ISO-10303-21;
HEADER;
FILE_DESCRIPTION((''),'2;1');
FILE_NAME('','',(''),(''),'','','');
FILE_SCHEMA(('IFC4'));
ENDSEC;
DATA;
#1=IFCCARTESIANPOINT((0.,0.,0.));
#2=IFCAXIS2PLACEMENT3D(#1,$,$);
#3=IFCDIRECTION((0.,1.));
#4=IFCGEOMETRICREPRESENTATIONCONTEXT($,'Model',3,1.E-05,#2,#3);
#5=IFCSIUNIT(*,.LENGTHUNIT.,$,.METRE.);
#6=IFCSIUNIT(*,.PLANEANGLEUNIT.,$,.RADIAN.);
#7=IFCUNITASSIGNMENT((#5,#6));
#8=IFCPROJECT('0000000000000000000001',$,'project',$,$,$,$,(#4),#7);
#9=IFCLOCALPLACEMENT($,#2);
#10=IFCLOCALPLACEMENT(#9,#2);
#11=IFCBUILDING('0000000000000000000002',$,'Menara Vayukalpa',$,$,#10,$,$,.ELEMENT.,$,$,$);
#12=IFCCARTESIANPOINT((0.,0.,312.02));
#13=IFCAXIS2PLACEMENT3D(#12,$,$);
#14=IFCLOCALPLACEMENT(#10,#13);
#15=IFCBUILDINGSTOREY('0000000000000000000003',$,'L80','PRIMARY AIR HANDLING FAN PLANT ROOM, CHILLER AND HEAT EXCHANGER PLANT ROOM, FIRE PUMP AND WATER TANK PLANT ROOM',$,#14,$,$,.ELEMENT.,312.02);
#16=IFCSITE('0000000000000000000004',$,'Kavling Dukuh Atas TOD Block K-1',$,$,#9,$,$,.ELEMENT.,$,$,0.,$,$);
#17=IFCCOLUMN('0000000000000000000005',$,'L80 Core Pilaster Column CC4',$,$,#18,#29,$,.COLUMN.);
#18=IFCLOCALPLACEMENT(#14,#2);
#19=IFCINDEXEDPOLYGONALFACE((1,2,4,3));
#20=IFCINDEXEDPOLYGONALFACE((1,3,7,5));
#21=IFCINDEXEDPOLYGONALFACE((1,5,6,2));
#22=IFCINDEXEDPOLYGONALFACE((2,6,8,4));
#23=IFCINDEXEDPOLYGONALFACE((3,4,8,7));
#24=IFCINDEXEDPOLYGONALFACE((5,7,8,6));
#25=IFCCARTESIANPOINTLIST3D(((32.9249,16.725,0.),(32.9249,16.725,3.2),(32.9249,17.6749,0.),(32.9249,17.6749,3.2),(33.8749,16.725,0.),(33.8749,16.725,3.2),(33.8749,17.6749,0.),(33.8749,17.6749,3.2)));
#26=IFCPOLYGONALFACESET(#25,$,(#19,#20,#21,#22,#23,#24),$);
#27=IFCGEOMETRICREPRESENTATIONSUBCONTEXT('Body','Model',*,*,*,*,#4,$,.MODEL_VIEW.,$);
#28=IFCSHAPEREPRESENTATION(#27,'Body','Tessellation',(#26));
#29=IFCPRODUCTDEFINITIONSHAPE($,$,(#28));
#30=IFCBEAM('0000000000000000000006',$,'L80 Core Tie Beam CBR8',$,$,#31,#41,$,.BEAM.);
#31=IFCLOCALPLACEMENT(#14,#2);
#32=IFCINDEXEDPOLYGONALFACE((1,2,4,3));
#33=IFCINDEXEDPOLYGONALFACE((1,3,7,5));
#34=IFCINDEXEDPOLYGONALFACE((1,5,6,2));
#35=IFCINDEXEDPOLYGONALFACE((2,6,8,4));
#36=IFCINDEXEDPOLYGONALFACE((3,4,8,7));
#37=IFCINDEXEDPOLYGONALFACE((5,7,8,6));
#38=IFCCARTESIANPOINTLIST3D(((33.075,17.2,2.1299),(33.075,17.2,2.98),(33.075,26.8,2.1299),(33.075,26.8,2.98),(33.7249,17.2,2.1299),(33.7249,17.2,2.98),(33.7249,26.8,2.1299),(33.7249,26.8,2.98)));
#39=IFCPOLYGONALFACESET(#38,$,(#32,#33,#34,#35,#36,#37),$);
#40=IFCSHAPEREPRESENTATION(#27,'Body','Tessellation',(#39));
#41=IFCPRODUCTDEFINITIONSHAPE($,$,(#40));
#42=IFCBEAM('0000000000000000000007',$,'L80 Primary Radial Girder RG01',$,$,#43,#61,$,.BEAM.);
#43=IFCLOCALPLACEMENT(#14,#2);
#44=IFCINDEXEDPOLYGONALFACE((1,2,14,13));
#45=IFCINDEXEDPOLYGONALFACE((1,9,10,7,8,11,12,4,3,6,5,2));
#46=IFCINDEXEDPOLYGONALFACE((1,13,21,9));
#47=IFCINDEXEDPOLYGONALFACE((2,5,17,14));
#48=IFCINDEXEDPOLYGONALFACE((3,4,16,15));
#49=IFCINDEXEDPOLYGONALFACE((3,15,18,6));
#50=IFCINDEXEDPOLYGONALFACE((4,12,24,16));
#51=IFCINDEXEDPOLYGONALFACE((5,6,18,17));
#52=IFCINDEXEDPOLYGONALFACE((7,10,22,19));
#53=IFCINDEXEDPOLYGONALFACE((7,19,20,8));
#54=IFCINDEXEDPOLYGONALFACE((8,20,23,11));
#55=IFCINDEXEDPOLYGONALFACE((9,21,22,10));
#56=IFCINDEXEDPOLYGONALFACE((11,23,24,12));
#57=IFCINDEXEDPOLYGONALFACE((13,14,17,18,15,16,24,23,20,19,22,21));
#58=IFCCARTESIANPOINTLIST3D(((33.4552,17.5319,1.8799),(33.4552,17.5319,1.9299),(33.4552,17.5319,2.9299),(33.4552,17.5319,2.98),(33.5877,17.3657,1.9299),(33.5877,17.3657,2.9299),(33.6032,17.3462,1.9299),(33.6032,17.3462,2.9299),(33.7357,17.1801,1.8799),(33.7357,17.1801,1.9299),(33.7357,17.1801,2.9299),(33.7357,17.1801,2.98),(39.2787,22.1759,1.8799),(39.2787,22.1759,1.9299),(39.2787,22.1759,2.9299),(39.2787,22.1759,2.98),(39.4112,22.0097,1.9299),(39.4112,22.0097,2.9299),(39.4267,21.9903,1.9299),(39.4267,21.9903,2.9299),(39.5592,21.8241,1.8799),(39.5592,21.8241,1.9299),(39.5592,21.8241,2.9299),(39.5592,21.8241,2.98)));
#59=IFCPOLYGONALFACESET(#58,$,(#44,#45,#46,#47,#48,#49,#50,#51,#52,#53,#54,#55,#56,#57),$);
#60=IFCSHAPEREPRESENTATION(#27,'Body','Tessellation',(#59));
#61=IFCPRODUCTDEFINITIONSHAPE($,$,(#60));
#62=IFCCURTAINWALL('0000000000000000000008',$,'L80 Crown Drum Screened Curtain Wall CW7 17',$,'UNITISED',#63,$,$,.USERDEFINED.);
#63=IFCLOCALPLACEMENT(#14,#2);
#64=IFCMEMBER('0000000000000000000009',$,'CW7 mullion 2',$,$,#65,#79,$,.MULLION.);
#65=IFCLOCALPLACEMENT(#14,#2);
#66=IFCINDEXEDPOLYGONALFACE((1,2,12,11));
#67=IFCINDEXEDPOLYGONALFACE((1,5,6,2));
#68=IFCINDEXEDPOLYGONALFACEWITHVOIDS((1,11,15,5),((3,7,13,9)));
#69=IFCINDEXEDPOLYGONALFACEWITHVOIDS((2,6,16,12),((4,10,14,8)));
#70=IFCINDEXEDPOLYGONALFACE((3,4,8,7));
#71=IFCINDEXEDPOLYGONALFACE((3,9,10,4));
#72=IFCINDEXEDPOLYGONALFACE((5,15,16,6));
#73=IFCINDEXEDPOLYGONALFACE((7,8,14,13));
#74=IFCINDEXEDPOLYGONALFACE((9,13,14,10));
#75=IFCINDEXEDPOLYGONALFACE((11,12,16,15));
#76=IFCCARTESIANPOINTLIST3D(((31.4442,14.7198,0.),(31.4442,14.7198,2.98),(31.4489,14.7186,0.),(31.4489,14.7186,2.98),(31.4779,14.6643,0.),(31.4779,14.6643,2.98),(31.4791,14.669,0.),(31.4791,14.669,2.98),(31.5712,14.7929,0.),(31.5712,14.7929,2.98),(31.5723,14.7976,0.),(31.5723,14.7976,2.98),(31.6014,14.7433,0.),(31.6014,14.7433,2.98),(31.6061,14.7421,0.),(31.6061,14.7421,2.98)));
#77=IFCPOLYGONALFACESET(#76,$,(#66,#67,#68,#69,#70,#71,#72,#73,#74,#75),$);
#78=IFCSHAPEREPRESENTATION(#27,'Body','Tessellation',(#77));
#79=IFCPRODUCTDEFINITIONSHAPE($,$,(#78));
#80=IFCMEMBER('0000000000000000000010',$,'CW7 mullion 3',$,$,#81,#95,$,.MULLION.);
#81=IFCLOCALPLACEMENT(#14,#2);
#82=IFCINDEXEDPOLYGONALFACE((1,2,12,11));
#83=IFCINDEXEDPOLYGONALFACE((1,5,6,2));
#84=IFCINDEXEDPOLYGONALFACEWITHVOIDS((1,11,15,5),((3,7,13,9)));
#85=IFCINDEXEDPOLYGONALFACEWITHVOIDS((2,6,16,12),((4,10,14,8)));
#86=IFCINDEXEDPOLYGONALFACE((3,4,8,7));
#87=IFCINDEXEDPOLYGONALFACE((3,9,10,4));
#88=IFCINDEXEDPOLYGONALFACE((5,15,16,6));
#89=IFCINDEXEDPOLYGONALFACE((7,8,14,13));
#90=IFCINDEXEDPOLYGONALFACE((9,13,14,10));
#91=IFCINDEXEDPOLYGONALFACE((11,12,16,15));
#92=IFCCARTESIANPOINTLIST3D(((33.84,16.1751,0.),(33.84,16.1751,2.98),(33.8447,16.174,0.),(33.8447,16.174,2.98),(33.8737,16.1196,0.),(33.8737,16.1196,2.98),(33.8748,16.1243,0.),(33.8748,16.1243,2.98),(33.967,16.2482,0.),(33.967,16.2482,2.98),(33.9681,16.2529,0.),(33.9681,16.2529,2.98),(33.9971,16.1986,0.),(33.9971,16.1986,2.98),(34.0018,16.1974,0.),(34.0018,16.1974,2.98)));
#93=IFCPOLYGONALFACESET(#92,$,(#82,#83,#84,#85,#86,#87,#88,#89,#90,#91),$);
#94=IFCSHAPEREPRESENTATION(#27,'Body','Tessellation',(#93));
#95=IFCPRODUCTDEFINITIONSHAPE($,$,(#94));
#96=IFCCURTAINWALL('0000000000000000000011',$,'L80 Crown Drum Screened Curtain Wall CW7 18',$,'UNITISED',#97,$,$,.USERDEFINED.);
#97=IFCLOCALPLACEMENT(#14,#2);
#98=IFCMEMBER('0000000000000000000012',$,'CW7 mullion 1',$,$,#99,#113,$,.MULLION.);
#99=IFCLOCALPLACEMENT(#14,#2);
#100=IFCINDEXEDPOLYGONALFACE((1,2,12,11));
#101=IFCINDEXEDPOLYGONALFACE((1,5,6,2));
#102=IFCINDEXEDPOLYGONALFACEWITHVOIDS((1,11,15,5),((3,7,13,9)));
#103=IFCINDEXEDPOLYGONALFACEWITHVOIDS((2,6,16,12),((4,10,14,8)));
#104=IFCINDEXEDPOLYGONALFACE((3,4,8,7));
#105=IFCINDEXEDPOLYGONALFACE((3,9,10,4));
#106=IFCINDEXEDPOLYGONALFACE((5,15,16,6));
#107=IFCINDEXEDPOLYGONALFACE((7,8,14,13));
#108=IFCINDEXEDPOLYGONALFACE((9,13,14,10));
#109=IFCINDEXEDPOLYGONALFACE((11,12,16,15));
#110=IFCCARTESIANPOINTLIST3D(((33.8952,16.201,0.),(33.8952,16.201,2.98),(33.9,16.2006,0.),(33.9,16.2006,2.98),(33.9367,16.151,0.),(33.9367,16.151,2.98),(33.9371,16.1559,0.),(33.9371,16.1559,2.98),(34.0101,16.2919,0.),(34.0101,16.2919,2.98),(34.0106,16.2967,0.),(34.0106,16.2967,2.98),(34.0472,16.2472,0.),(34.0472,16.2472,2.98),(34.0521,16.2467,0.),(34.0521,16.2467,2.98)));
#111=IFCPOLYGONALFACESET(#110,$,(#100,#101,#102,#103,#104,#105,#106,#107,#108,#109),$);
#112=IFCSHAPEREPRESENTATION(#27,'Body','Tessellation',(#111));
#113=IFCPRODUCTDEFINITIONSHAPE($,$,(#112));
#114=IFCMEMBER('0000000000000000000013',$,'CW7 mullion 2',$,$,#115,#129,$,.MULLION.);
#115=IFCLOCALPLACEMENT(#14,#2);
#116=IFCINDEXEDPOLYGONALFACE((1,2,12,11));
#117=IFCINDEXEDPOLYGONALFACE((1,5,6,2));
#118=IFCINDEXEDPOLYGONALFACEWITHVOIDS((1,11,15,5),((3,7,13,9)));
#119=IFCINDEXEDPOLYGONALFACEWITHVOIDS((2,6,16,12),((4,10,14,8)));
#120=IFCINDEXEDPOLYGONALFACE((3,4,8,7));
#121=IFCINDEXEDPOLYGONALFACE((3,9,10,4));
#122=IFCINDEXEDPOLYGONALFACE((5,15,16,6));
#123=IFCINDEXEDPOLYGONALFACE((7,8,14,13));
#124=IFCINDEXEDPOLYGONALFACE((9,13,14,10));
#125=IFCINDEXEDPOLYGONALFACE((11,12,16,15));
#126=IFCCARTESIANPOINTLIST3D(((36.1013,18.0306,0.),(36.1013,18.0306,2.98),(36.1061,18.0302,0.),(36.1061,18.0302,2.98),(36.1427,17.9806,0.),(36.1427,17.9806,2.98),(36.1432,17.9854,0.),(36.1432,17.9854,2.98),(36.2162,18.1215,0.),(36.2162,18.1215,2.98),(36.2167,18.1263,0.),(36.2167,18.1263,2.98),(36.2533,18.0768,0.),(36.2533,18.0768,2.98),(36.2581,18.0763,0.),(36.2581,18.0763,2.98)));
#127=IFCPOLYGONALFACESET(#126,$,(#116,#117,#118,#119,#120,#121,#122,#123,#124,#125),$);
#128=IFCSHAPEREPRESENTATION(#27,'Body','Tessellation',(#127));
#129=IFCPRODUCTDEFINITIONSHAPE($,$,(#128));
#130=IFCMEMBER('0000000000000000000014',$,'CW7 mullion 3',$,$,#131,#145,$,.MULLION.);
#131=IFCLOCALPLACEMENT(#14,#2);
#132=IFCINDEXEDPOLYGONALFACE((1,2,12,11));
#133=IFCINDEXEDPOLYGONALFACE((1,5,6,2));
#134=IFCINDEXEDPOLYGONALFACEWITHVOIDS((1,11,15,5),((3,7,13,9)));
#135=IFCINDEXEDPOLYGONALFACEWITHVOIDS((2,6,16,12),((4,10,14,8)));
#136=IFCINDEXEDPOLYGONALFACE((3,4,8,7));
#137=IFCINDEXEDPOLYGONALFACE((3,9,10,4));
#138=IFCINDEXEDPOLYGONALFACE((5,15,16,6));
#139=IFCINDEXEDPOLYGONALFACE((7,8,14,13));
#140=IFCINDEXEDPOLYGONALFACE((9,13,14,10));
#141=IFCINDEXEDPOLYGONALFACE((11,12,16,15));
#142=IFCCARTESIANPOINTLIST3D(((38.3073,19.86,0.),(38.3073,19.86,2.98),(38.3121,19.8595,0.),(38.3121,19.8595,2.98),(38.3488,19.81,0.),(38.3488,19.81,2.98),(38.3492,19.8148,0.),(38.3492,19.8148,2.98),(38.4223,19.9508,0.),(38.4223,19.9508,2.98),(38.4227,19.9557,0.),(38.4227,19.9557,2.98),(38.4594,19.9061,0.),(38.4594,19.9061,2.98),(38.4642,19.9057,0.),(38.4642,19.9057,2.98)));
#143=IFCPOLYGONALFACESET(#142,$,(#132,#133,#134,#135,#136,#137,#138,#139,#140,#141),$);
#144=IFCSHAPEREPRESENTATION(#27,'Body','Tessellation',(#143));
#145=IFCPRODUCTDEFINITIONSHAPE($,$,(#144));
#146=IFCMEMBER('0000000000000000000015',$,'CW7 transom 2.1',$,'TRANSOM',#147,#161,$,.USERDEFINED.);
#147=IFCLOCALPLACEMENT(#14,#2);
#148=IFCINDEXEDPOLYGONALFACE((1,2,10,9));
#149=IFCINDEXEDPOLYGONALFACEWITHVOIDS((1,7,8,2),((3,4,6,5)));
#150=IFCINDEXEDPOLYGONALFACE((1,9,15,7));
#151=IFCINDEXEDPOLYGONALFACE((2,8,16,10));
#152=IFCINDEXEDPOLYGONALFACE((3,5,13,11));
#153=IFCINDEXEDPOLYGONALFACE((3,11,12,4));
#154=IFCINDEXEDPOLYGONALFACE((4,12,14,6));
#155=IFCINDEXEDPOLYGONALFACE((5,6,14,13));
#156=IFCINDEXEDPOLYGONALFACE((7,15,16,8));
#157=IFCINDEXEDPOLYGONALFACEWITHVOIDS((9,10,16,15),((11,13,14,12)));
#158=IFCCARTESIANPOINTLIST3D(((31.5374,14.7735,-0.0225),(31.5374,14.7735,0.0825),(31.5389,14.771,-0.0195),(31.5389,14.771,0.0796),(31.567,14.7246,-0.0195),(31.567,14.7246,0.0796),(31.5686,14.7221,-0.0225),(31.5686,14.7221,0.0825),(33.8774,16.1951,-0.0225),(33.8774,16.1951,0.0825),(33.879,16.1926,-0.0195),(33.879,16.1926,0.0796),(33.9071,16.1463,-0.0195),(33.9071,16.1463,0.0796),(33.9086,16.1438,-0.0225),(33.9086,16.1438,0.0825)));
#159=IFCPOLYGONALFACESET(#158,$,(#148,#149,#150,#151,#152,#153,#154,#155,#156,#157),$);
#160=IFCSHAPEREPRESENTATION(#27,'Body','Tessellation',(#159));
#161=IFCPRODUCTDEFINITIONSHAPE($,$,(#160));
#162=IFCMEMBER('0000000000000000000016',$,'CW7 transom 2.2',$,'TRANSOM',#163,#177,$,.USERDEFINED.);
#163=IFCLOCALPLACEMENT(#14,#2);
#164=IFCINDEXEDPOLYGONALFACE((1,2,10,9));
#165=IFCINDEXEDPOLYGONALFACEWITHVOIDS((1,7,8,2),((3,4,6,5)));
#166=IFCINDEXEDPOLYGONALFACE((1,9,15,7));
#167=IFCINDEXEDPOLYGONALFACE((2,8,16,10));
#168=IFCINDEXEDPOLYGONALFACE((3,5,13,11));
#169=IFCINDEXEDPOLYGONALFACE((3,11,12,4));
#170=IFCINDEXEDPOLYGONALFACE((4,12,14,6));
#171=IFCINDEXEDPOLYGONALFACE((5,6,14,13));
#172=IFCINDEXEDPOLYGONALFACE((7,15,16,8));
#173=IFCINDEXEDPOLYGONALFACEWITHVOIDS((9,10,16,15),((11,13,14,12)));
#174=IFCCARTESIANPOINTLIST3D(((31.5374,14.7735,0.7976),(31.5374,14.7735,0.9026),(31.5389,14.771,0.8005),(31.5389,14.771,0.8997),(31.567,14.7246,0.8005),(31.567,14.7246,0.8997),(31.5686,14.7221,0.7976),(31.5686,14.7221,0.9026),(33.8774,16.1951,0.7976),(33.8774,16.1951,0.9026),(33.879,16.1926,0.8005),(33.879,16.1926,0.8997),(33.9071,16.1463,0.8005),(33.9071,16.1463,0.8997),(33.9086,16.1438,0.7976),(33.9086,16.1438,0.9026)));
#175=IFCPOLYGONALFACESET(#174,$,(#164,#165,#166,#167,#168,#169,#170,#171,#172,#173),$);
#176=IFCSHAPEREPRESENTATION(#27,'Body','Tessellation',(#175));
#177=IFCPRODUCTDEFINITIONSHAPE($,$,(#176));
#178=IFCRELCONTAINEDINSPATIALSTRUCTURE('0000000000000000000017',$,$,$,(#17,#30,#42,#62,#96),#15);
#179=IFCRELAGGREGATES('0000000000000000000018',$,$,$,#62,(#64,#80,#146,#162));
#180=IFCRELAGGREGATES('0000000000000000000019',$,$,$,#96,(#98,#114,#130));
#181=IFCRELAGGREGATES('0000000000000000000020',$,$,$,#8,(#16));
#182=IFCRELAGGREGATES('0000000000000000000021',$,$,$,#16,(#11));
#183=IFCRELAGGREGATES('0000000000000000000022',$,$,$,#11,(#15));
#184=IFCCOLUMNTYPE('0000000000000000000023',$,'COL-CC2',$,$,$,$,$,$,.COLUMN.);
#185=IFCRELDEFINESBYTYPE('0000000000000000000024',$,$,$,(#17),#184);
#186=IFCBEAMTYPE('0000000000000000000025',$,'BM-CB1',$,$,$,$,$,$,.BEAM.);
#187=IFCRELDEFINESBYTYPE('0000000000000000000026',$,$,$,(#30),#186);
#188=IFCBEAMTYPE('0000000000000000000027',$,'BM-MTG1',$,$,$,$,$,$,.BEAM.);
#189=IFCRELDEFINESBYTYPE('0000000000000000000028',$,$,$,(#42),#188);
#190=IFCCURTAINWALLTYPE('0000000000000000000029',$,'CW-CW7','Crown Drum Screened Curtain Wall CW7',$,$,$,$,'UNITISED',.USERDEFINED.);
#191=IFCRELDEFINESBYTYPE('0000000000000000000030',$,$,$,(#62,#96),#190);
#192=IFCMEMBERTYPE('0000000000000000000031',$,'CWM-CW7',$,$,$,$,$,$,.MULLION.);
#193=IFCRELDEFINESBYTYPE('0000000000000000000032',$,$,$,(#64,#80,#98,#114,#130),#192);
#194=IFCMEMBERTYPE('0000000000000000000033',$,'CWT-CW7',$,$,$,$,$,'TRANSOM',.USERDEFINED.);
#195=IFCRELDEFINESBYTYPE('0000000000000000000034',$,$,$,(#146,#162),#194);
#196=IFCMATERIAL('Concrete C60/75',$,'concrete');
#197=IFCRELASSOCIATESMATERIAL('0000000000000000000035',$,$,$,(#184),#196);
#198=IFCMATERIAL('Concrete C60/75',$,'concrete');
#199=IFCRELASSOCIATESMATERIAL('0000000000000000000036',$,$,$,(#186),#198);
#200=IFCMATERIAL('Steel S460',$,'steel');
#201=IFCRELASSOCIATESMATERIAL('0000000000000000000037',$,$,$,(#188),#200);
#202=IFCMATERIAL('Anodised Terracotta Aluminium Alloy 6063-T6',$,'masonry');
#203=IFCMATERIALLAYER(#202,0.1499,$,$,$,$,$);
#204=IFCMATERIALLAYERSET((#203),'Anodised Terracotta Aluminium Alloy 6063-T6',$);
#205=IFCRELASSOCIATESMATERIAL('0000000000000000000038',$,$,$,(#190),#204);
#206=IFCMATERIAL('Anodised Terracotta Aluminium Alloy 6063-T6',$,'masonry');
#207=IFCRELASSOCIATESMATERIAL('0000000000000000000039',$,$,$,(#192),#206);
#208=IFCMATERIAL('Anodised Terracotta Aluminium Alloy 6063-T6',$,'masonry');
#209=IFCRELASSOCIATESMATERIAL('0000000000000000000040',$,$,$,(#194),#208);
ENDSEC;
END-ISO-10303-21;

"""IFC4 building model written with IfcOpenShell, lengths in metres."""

from ifc_helpers import new_model, si_unit, direction, frame, origin, origin_2d, place, context, subcontext, project, spatial, rectangle, hollow_rectangle, i_section, extrude, material, layer, layer_set, material_profile, profile_set, type_object, element, aggregate, save


model = new_model("IFC4")

# Units and contexts
model_context = context("Model", 3, precision=1e-05, world=origin(), true_north=direction((0.0, 1.0)))
body_context = subcontext(model_context, "Body", "Model", "MODEL_VIEW")
ifc_project = project(units=[si_unit("LENGTHUNIT", "METRE"), si_unit("PLANEANGLEUNIT", "RADIAN")], contexts=[model_context])

# Site, building, storey
site_placement = place(None, origin())
site = spatial("IfcSite", under=ifc_project, at=site_placement, Name="Kavling Dukuh Atas TOD Block K-1", CompositionType="ELEMENT", RefElevation=0.0)
building_placement = place(site_placement, origin())
building = spatial("IfcBuilding", under=site, at=building_placement, Name="Menara Vayukalpa", CompositionType="ELEMENT")
storey_placement = place(building_placement, frame((0.0, 0.0, 312.02)))
storey = spatial("IfcBuildingStorey", under=building, at=storey_placement, Name="L80", Description="PRIMARY AIR HANDLING FAN PLANT ROOM, CHILLER AND HEAT EXCHANGER PLANT ROOM, FIRE PUMP AND WATER TANK PLANT ROOM", CompositionType="ELEMENT", Elevation=312.02)

# Column
ifc_material_1 = material(Name="Concrete C60/75", Category="concrete")
ifc_material_profile_1 = material_profile(ifc_material_1, rectangle(XDim=0.95, YDim=0.95, at=origin_2d()), Name="RC 950x950")
ifc_profile_set_1 = profile_set([ifc_material_profile_1], Name="Concrete C60/75")
column_type = type_object("IfcColumnType", Name="COL-CC2", PredefinedType="COLUMN", material=ifc_profile_set_1)
column_placement = place(storey_placement, frame((33.3999, 17.2, 0.0), z_axis=(0.0, 0.0, 1.0), x_axis=(1.0, 0.0, 0.0)))
element("IfcColumn", 1, at=column_placement, inside=storey, type_object=column_type, Name="L80 Core Pilaster Column CC4", PredefinedType="COLUMN", context=body_context, shape_type="SweptSolid", body=[
    extrude(rectangle(XDim=0.95, YDim=0.95, at=origin_2d()), origin(), (0.0, 0.0, 1.0), 3.2),
])

# Beams
ifc_material_2 = material(Name="Concrete C60/75", Category="concrete")
ifc_material_profile_2 = material_profile(ifc_material_2, rectangle(XDim=0.6499, YDim=0.8501, at=origin_2d()), Name="RC 650x850")
ifc_profile_set_2 = profile_set([ifc_material_profile_2], Name="Concrete C60/75")
beam_type_1 = type_object("IfcBeamType", Name="BM-CB1", PredefinedType="BEAM", material=ifc_profile_set_2)
beam_1_placement = place(storey_placement, frame((33.3999, 17.2, 2.5549), z_axis=(0.0, 1.0, 0.0), x_axis=(-1.0, 0.0, 0.0)))
element("IfcBeam", 2, at=beam_1_placement, inside=storey, type_object=beam_type_1, Name="L80 Core Tie Beam CBR8", PredefinedType="BEAM", context=body_context, shape_type="SweptSolid", body=[
    extrude(rectangle(XDim=0.6499, YDim=0.8501, at=origin_2d()), origin(), (0.0, 0.0, 1.0), 9.6001),
])
ifc_material_3 = material(Name="Steel S460", Category="steel")
ifc_material_profile_3 = material_profile(ifc_material_3, i_section(OverallWidth=0.45, OverallDepth=1.1001, WebThickness=0.0249, FlangeThickness=0.05, at=origin_2d()), Name="WG 1100x450x25x50")
ifc_profile_set_3 = profile_set([ifc_material_profile_3], Name="Steel S460")
beam_type_2 = type_object("IfcBeamType", Name="BM-MTG1", PredefinedType="BEAM", material=ifc_profile_set_3)
beam_2_placement = place(storey_placement, frame((33.5955, 17.356, 2.4299), z_axis=(0.781834, 0.623487, 0.0), x_axis=(-0.623487, 0.781834, 0.0)))
element("IfcBeam", 3, at=beam_2_placement, inside=storey, type_object=beam_type_2, Name="L80 Primary Radial Girder RG01", PredefinedType="BEAM", context=body_context, shape_type="SweptSolid", body=[
    extrude(i_section(OverallWidth=0.45, OverallDepth=1.1001, WebThickness=0.0249, FlangeThickness=0.05, at=origin_2d()), origin(), (0.0, 0.0, 1.0), 7.4485),
])

# Curtain walls, members
ifc_material_4 = material(Name="Anodised Terracotta Aluminium Alloy 6063-T6", Category="masonry")
ifc_layer_1 = layer(ifc_material_4, 0.1499)
ifc_layer_set_1 = layer_set([ifc_layer_1], Name="Anodised Terracotta Aluminium Alloy 6063-T6")
curtain_wall_type = type_object("IfcCurtainWallType", Name="CW-CW7", Description="Crown Drum Screened Curtain Wall CW7", ElementType="UNITISED", PredefinedType="USERDEFINED", material=ifc_layer_set_1)
curtain_wall_1_placement = place(storey_placement, origin())
curtain_wall_1 = element("IfcCurtainWall", 4, at=curtain_wall_1_placement, inside=storey, type_object=curtain_wall_type, Name="L80 Crown Drum Screened Curtain Wall CW7 17", ObjectType="UNITISED", PredefinedType="USERDEFINED")
ifc_material_5 = material(Name="Anodised Terracotta Aluminium Alloy 6063-T6", Category="masonry")
ifc_material_profile_4 = material_profile(ifc_material_5, hollow_rectangle(XDim=0.0649, YDim=0.1499, WallThickness=0.0034, at=origin_2d()), Name="ALU 65x150x3.5")
ifc_profile_set_4 = profile_set([ifc_material_profile_4], Name="Anodised Terracotta Aluminium Alloy 6063-T6")
member_type_1 = type_object("IfcMemberType", Name="CWM-CW7", PredefinedType="MULLION", material=ifc_profile_set_4)
member_1_placement = place(storey_placement, frame((31.5251, 14.731, 0.0), z_axis=(0.0, 0.0, 1.0), x_axis=(-0.519176, 0.854667, 0.0)))
member_1 = element("IfcMember", 5, at=member_1_placement, type_object=member_type_1, Name="CW7 mullion 2", PredefinedType="MULLION", context=body_context, shape_type="SweptSolid", body=[
    extrude(hollow_rectangle(XDim=0.0649, YDim=0.1499, WallThickness=0.0034, at=origin_2d()), origin(), (0.0, 0.0, 1.0), 2.98),
])
member_2_placement = place(storey_placement, frame((33.9209, 16.1863, 0.0), z_axis=(0.0, 0.0, 1.0), x_axis=(-0.519176, 0.854667, 0.0)))
member_2 = element("IfcMember", 6, at=member_2_placement, type_object=member_type_1, Name="CW7 mullion 3", PredefinedType="MULLION", context=body_context, shape_type="SweptSolid", body=[
    extrude(hollow_rectangle(XDim=0.0649, YDim=0.1499, WallThickness=0.0034, at=origin_2d()), origin(), (0.0, 0.0, 1.0), 2.98),
])
curtain_wall_2_placement = place(storey_placement, origin())
curtain_wall_2 = element("IfcCurtainWall", 7, at=curtain_wall_2_placement, inside=storey, type_object=curtain_wall_type, Name="L80 Crown Drum Screened Curtain Wall CW7 18", ObjectType="UNITISED", PredefinedType="USERDEFINED")
member_3_placement = place(storey_placement, frame((33.9736, 16.2239, 0.0), z_axis=(0.0, 0.0, 1.0), x_axis=(-0.638347, 0.769749, 0.0)))
member_3 = element("IfcMember", 8, at=member_3_placement, type_object=member_type_1, Name="CW7 mullion 1", PredefinedType="MULLION", context=body_context, shape_type="SweptSolid", body=[
    extrude(hollow_rectangle(XDim=0.0649, YDim=0.1499, WallThickness=0.0034, at=origin_2d()), origin(), (0.0, 0.0, 1.0), 2.98),
])
member_4_placement = place(storey_placement, frame((36.1797, 18.0535, 0.0), z_axis=(0.0, 0.0, 1.0), x_axis=(-0.638347, 0.769749, 0.0)))
member_4 = element("IfcMember", 9, at=member_4_placement, type_object=member_type_1, Name="CW7 mullion 2", PredefinedType="MULLION", context=body_context, shape_type="SweptSolid", body=[
    extrude(hollow_rectangle(XDim=0.0649, YDim=0.1499, WallThickness=0.0034, at=origin_2d()), origin(), (0.0, 0.0, 1.0), 2.98),
])
member_5_placement = place(storey_placement, frame((38.3857, 19.8828, 0.0), z_axis=(0.0, 0.0, 1.0), x_axis=(-0.638347, 0.769749, 0.0)))
member_5 = element("IfcMember", 10, at=member_5_placement, type_object=member_type_1, Name="CW7 mullion 3", PredefinedType="MULLION", context=body_context, shape_type="SweptSolid", body=[
    extrude(hollow_rectangle(XDim=0.0649, YDim=0.1499, WallThickness=0.0034, at=origin_2d()), origin(), (0.0, 0.0, 1.0), 2.98),
])

# Members
ifc_material_6 = material(Name="Anodised Terracotta Aluminium Alloy 6063-T6", Category="masonry")
ifc_material_profile_5 = material_profile(ifc_material_6, hollow_rectangle(XDim=0.0601, YDim=0.105, WallThickness=0.0029, at=origin_2d()), Name="ALU 60x105x3")
ifc_profile_set_5 = profile_set([ifc_material_profile_5], Name="Anodised Terracotta Aluminium Alloy 6063-T6")
member_type_2 = type_object("IfcMemberType", Name="CWT-CW7", ElementType="TRANSOM", PredefinedType="USERDEFINED", material=ifc_profile_set_5)
member_6_placement = place(storey_placement, frame((31.553, 14.7478, 0.03), z_axis=(0.854648, 0.519208, 0.0), x_axis=(-0.519208, 0.854648, 0.0)))
member_6 = element("IfcMember", 11, at=member_6_placement, type_object=member_type_2, Name="CW7 transom 2.1", ObjectType="TRANSOM", PredefinedType="USERDEFINED", context=body_context, shape_type="SweptSolid", body=[
    extrude(hollow_rectangle(XDim=0.0601, YDim=0.105, WallThickness=0.0029, at=origin_2d()), origin(), (0.0, 0.0, 1.0), 2.738),
])
member_7_placement = place(storey_placement, frame((31.553, 14.7478, 0.8501), z_axis=(0.854648, 0.519208, 0.0), x_axis=(-0.519208, 0.854648, 0.0)))
member_7 = element("IfcMember", 12, at=member_7_placement, type_object=member_type_2, Name="CW7 transom 2.2", ObjectType="TRANSOM", PredefinedType="USERDEFINED", context=body_context, shape_type="SweptSolid", body=[
    extrude(hollow_rectangle(XDim=0.0601, YDim=0.105, WallThickness=0.0029, at=origin_2d()), origin(), (0.0, 0.0, 1.0), 2.738),
])

aggregate(curtain_wall_1, [member_1, member_2, member_6, member_7])
aggregate(curtain_wall_2, [member_3, member_4, member_5])

save(model, "model.ifc")
